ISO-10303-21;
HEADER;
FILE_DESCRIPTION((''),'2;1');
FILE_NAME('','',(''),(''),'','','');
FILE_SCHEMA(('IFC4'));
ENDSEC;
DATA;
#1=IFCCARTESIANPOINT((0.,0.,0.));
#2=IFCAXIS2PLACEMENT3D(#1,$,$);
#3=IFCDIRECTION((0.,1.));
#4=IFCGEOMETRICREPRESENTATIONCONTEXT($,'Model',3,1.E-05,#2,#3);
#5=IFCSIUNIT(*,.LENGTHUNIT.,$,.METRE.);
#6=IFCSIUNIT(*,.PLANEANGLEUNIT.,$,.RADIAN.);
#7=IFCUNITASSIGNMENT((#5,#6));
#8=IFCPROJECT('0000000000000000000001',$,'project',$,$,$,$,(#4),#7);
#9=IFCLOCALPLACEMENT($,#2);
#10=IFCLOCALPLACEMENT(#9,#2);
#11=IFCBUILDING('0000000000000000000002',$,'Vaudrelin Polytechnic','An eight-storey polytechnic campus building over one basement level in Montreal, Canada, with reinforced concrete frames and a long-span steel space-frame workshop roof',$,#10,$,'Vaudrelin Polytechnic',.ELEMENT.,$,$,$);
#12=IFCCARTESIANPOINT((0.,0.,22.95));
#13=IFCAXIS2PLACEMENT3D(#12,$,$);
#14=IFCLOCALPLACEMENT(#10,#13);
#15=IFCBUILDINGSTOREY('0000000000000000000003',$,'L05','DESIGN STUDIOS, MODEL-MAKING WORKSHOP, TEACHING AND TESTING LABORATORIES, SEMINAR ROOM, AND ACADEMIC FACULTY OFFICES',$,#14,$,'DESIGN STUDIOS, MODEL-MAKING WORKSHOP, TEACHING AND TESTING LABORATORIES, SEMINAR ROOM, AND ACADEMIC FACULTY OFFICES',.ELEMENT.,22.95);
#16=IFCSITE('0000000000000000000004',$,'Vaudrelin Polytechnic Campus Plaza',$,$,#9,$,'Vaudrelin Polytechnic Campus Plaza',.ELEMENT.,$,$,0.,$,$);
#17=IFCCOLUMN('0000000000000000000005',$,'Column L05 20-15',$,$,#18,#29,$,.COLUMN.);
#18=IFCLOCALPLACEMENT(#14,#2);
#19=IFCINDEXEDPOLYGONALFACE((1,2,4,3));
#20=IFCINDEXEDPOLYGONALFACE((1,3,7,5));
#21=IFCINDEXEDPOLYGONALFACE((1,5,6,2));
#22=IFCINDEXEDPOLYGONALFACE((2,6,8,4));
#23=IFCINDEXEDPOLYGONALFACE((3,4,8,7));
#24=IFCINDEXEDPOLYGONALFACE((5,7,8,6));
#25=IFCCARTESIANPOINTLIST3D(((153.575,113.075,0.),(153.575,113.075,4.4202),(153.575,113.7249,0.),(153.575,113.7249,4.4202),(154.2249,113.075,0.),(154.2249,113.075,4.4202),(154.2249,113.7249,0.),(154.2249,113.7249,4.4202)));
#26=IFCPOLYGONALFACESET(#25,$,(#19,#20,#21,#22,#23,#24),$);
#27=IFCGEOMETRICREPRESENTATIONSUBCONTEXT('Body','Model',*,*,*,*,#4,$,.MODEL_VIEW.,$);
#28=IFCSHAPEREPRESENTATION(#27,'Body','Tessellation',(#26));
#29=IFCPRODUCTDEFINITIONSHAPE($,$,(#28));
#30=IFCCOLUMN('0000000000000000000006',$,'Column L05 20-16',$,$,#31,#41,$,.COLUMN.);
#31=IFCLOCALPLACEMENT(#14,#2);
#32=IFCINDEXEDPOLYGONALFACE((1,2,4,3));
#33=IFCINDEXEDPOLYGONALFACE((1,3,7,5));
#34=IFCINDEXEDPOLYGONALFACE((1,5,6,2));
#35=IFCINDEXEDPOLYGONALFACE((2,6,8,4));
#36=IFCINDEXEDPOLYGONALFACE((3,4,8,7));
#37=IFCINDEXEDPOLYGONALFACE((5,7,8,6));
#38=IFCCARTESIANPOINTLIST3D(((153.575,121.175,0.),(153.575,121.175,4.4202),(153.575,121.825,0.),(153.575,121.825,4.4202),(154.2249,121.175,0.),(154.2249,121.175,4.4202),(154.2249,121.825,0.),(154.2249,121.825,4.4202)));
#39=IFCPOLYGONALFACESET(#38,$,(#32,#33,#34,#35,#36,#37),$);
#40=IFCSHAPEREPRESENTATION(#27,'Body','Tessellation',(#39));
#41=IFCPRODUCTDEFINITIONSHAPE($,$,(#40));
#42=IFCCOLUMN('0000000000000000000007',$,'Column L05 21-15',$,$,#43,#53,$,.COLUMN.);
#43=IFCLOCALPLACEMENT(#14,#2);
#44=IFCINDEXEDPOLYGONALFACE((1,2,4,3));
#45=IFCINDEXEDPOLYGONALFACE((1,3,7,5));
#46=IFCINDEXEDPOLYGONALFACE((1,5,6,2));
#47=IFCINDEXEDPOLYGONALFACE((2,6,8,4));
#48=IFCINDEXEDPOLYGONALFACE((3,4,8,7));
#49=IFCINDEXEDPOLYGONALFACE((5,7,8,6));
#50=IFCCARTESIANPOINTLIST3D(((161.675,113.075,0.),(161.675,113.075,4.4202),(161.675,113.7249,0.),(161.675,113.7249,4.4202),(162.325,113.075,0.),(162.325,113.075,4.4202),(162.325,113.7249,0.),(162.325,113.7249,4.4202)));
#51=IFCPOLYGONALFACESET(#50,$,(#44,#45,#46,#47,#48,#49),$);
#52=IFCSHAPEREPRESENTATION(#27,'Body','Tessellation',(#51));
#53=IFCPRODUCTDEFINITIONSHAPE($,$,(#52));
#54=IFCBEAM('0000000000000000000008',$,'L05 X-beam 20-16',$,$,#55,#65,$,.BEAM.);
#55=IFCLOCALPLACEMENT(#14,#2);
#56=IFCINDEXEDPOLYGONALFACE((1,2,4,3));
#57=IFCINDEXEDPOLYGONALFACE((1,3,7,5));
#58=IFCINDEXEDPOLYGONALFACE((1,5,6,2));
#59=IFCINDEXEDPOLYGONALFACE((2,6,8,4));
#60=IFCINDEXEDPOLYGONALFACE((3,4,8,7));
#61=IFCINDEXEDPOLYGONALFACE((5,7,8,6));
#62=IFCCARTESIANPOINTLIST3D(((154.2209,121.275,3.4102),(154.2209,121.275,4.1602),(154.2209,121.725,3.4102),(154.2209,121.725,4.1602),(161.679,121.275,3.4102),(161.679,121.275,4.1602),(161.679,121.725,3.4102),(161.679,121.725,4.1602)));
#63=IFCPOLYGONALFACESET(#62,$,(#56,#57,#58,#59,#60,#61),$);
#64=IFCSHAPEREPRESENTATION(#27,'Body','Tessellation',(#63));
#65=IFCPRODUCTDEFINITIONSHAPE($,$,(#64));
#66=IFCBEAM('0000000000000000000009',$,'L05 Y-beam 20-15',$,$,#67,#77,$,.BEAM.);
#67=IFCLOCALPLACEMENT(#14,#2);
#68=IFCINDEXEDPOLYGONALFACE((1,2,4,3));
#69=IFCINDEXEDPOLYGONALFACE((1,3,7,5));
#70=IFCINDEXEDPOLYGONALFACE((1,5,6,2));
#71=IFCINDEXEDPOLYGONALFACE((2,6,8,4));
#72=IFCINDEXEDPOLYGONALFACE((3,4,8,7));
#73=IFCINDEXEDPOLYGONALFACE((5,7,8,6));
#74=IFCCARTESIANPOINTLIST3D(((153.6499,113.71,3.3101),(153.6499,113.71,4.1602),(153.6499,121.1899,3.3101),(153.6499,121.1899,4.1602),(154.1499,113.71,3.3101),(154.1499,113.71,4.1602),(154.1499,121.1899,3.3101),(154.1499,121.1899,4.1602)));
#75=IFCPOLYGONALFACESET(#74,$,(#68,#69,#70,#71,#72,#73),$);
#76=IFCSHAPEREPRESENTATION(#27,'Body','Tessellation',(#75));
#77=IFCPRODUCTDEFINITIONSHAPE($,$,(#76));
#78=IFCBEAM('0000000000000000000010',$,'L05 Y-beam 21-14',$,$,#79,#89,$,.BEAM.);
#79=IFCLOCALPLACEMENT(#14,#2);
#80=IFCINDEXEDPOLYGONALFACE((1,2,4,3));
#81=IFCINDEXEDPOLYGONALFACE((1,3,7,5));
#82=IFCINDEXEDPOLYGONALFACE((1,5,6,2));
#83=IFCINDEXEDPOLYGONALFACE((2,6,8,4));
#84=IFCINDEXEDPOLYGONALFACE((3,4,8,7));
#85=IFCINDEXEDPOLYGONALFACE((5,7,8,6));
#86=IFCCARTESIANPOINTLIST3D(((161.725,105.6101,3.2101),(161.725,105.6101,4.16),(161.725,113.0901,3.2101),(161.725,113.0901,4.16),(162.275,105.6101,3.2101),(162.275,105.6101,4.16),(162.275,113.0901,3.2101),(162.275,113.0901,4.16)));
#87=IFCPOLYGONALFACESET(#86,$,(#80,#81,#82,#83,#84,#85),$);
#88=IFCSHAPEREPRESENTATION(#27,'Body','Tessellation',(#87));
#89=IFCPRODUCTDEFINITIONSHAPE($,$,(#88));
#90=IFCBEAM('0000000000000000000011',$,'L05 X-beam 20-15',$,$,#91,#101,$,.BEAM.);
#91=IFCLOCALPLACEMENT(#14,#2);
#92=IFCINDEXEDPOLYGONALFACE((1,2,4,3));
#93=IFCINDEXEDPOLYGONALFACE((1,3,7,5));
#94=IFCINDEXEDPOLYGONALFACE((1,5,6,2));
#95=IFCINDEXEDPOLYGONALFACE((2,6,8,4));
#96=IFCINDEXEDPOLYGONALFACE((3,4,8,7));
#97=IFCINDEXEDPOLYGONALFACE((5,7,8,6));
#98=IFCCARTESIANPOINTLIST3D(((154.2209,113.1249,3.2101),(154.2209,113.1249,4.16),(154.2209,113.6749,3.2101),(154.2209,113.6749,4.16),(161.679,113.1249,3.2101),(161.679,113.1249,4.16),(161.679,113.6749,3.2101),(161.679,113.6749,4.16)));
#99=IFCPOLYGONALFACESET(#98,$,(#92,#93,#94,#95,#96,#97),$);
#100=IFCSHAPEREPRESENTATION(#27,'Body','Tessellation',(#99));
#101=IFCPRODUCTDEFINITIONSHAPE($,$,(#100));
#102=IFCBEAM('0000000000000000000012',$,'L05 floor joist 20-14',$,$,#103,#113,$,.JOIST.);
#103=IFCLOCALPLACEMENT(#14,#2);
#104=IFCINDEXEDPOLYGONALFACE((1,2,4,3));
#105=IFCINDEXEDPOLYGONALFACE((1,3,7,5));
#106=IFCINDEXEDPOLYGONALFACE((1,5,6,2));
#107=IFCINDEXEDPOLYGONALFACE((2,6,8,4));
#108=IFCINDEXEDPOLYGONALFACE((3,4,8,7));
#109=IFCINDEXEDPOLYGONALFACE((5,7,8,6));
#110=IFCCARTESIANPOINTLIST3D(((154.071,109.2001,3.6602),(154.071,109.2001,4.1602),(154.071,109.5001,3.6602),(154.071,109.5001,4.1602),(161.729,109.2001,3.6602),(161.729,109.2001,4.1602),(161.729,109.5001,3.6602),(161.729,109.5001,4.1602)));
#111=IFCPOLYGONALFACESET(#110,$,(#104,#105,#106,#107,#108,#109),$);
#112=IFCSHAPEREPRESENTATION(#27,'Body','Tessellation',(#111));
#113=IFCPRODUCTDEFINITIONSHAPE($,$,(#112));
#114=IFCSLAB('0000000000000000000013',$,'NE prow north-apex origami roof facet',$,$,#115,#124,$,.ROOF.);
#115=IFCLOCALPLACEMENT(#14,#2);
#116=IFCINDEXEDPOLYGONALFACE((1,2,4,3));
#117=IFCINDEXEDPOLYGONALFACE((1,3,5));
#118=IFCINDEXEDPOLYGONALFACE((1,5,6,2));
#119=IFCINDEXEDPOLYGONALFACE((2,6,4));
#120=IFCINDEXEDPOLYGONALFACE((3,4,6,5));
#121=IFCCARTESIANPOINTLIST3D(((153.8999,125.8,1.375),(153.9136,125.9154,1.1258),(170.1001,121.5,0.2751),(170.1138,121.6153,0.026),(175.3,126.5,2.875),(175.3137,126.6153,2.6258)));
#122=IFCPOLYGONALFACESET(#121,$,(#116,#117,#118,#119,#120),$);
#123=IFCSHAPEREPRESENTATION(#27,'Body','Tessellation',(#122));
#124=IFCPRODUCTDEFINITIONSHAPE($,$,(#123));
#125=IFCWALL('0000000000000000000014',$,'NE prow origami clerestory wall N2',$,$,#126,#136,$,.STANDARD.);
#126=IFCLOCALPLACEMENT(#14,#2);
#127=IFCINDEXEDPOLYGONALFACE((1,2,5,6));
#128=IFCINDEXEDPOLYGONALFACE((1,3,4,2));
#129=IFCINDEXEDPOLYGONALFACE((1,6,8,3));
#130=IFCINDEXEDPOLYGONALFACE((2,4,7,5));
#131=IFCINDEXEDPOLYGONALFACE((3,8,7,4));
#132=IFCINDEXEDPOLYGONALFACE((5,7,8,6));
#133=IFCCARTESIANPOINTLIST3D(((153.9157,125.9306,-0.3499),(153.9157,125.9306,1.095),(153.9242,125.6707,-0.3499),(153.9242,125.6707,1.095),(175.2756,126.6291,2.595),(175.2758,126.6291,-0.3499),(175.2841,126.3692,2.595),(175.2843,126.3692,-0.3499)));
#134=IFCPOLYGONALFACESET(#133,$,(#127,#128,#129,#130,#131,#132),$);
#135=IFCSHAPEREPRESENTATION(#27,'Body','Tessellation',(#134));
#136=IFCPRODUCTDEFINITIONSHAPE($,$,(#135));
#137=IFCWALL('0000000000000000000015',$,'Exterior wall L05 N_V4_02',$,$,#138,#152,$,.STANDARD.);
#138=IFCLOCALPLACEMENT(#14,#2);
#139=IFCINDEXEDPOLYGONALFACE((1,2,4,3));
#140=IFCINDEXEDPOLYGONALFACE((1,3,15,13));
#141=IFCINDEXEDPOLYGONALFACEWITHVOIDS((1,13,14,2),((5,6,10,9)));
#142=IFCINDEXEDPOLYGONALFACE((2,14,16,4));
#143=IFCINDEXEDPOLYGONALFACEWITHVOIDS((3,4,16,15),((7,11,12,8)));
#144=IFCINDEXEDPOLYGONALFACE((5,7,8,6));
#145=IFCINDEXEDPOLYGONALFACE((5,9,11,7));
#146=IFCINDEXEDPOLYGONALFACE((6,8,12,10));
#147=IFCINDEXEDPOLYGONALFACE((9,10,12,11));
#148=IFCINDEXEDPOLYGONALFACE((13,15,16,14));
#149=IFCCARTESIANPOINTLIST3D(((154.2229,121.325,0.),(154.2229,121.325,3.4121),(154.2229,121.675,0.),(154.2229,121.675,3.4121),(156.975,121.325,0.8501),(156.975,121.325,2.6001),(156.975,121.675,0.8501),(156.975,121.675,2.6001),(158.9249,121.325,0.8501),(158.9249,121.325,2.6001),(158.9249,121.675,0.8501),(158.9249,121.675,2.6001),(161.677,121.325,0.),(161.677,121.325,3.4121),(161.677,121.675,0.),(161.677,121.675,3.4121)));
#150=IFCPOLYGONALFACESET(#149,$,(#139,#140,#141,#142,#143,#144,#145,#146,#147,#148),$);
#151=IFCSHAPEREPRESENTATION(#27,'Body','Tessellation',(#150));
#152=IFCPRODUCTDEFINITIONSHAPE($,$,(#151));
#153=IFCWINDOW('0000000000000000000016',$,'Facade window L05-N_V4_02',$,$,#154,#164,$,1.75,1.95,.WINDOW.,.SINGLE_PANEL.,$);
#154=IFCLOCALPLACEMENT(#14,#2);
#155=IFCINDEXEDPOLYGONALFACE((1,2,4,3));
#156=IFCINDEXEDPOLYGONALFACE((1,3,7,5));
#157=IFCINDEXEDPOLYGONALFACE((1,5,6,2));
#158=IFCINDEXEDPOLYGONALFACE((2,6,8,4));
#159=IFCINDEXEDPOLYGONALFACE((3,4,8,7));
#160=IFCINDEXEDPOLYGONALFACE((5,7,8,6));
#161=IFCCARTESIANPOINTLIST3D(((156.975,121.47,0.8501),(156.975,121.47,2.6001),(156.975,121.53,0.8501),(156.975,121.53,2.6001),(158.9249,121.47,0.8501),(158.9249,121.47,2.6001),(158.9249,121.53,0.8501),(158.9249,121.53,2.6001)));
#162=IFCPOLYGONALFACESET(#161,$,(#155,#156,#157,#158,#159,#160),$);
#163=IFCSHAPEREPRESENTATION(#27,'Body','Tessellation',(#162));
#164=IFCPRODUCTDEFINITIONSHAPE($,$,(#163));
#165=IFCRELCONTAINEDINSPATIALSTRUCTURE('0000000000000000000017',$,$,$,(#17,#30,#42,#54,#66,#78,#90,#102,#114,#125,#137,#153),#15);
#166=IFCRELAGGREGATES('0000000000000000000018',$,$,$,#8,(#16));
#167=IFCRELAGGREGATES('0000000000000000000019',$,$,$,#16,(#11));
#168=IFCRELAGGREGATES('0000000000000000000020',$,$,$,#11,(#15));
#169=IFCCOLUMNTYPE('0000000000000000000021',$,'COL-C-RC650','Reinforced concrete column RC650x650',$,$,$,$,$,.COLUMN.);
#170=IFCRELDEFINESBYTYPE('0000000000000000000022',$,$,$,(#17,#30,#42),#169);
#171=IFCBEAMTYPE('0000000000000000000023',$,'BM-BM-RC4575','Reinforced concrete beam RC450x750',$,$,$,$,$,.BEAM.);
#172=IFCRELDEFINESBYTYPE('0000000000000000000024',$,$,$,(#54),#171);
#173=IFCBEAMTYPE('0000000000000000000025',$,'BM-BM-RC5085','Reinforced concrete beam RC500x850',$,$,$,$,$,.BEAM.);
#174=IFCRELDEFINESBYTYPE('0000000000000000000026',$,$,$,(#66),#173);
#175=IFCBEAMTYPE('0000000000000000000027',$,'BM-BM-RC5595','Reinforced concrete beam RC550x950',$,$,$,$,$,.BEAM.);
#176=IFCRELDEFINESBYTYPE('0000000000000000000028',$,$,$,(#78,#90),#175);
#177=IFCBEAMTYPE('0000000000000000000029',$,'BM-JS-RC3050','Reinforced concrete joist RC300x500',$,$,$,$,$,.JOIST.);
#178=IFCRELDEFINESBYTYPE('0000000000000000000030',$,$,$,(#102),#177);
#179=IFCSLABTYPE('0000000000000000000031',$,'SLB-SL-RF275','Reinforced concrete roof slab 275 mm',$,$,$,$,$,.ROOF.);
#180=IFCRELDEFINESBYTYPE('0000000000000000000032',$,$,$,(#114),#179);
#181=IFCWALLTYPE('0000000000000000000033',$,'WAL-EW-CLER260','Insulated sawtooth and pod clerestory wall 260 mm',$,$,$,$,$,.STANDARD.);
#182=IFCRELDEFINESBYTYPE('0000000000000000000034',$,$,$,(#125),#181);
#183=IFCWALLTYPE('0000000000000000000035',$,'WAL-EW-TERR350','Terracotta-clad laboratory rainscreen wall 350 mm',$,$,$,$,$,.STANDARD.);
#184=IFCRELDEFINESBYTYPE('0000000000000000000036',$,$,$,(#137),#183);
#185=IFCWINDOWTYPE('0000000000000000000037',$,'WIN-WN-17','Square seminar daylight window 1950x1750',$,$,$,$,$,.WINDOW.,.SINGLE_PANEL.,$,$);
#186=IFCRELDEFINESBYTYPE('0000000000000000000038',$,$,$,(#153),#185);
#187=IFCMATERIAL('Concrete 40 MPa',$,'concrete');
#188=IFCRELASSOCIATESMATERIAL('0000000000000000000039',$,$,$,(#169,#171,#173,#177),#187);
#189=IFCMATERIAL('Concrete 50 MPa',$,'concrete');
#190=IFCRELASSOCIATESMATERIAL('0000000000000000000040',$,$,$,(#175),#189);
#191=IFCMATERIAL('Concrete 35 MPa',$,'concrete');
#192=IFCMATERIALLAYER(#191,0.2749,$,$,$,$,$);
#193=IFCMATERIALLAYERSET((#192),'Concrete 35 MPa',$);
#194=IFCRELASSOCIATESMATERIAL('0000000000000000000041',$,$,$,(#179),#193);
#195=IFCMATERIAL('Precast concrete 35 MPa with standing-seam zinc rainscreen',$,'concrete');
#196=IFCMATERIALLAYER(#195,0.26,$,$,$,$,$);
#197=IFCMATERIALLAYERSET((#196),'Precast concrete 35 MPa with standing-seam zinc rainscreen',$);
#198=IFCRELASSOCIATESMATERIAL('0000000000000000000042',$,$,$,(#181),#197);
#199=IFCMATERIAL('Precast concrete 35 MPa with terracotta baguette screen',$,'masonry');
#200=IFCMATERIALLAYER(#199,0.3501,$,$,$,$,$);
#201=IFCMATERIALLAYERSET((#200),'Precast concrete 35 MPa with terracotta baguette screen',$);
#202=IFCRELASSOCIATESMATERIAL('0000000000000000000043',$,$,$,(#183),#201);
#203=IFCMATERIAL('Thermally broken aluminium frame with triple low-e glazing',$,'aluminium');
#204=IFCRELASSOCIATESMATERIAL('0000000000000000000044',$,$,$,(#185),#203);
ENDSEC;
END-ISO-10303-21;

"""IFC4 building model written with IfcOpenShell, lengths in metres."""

from ifc_helpers import new_model, si_unit, direction, frame, frame_2d, origin, origin_2d, place, context, subcontext, project, spatial, polyline, rectangle, outline, extrude, material, layer, layer_set, material_profile, profile_set, type_object, element, fill, save


model = new_model("IFC4")

# Units and contexts
model_context = context("Model", 3, precision=1e-05, world=origin(), true_north=direction((0.0, 1.0)))
body_context = subcontext(model_context, "Body", "Model", "MODEL_VIEW")
ifc_project = project(units=[si_unit("LENGTHUNIT", "METRE"), si_unit("PLANEANGLEUNIT", "RADIAN")], contexts=[model_context])

# Site, building, storey
site_placement = place(None, origin())
site = spatial("IfcSite", under=ifc_project, at=site_placement, Name="Vaudrelin Polytechnic Campus Plaza", LongName="Vaudrelin Polytechnic Campus Plaza", CompositionType="ELEMENT", RefElevation=0.0)
building_placement = place(site_placement, origin())
building = spatial("IfcBuilding", under=site, at=building_placement, Name="Vaudrelin Polytechnic", Description="An eight-storey polytechnic campus building over one basement level in Montreal, Canada, with reinforced concrete frames and a long-span steel space-frame workshop roof", LongName="Vaudrelin Polytechnic", CompositionType="ELEMENT")
storey_placement = place(building_placement, frame((0.0, 0.0, 22.95)))
storey = spatial("IfcBuildingStorey", under=building, at=storey_placement, Name="L05", Description="DESIGN STUDIOS, MODEL-MAKING WORKSHOP, TEACHING AND TESTING LABORATORIES, SEMINAR ROOM, AND ACADEMIC FACULTY OFFICES", LongName="DESIGN STUDIOS, MODEL-MAKING WORKSHOP, TEACHING AND TESTING LABORATORIES, SEMINAR ROOM, AND ACADEMIC FACULTY OFFICES", CompositionType="ELEMENT", Elevation=22.95)

# Columns
ifc_material_1 = material(Name="Concrete 40 MPa", Category="concrete")
ifc_material_profile_1 = material_profile(ifc_material_1, rectangle(XDim=0.6499, YDim=0.6499, at=origin_2d()), Name="RC650x650")
ifc_profile_set_1 = profile_set([ifc_material_profile_1], Name="Concrete 40 MPa")
column_type = type_object("IfcColumnType", Name="COL-C-RC650", Description="Reinforced concrete column RC650x650", PredefinedType="COLUMN", material=ifc_profile_set_1)
for number, where, z_axis, x_axis, name in (
    (1, (153.8999, 113.3999, 0.0), (0.0, 0.0, 1.0), (1.0, 0.0, 0.0), "Column L05 20-15"),
    (2, (153.8999, 121.5, 0.0), (0.0, 0.0, 1.0), (1.0, 0.0, 0.0), "Column L05 20-16"),
    (3, (162.0, 113.3999, 0.0), (0.0, 0.0, 1.0), (1.0, 0.0, 0.0), "Column L05 21-15"),
):
    element("IfcColumn", number, at=place(storey_placement, frame(where, z_axis=z_axis, x_axis=x_axis)), inside=storey, type_object=column_type, Name=name, PredefinedType="COLUMN", context=body_context, shape_type="SweptSolid", body=[
        extrude(rectangle(XDim=0.6499, YDim=0.6499, at=origin_2d()), origin(), (0.0, 0.0, 1.0), 4.4202),
    ])

# Beams
ifc_material_profile_2 = material_profile(ifc_material_1, rectangle(XDim=0.45, YDim=0.75, at=origin_2d()), Name="RC450x750")
ifc_profile_set_2 = profile_set([ifc_material_profile_2], Name="Concrete 40 MPa")
beam_type_1 = type_object("IfcBeamType", Name="BM-BM-RC4575", Description="Reinforced concrete beam RC450x750", PredefinedType="BEAM", material=ifc_profile_set_2)
beam_1_placement = place(storey_placement, frame((154.2209, 121.5, 3.7852), z_axis=(1.0, 0.0, 0.0), x_axis=(0.0, 1.0, 0.0)))
element("IfcBeam", 4, at=beam_1_placement, inside=storey, type_object=beam_type_1, Name="L05 X-beam 20-16", PredefinedType="BEAM", context=body_context, shape_type="SweptSolid", body=[
    extrude(rectangle(XDim=0.45, YDim=0.75, at=origin_2d()), origin(), (0.0, 0.0, 1.0), 7.458),
])
ifc_material_profile_3 = material_profile(ifc_material_1, rectangle(XDim=0.5, YDim=0.8501, at=origin_2d()), Name="RC500x850")
ifc_profile_set_3 = profile_set([ifc_material_profile_3], Name="Concrete 40 MPa")
beam_type_2 = type_object("IfcBeamType", Name="BM-BM-RC5085", Description="Reinforced concrete beam RC500x850", PredefinedType="BEAM", material=ifc_profile_set_3)
beam_2_placement = place(storey_placement, frame((153.8999, 113.71, 3.7351), z_axis=(0.0, 1.0, 0.0), x_axis=(-1.0, 0.0, 0.0)))
element("IfcBeam", 5, at=beam_2_placement, inside=storey, type_object=beam_type_2, Name="L05 Y-beam 20-15", PredefinedType="BEAM", context=body_context, shape_type="SweptSolid", body=[
    extrude(rectangle(XDim=0.5, YDim=0.8501, at=origin_2d()), origin(), (0.0, 0.0, 1.0), 7.48),
])
ifc_material_2 = material(Name="Concrete 50 MPa", Category="concrete")
ifc_material_profile_4 = material_profile(ifc_material_2, rectangle(XDim=0.55, YDim=0.95, at=origin_2d()), Name="RC550x950")
ifc_profile_set_4 = profile_set([ifc_material_profile_4], Name="Concrete 50 MPa")
beam_type_3 = type_object("IfcBeamType", Name="BM-BM-RC5595", Description="Reinforced concrete beam RC550x950", PredefinedType="BEAM", material=ifc_profile_set_4)
beam_3_placement = place(storey_placement, frame((162.0, 105.6101, 3.6851), z_axis=(0.0, 1.0, 0.0), x_axis=(-1.0, 0.0, 0.0)))
element("IfcBeam", 6, at=beam_3_placement, inside=storey, type_object=beam_type_3, Name="L05 Y-beam 21-14", PredefinedType="BEAM", context=body_context, shape_type="SweptSolid", body=[
    extrude(rectangle(XDim=0.55, YDim=0.95, at=origin_2d()), origin(), (0.0, 0.0, 1.0), 7.48),
])
beam_4_placement = place(storey_placement, frame((154.2209, 113.3999, 3.6851), z_axis=(1.0, 0.0, 0.0), x_axis=(0.0, 1.0, 0.0)))
element("IfcBeam", 7, at=beam_4_placement, inside=storey, type_object=beam_type_3, Name="L05 X-beam 20-15", PredefinedType="BEAM", context=body_context, shape_type="SweptSolid", body=[
    extrude(rectangle(XDim=0.55, YDim=0.95, at=origin_2d()), origin(), (0.0, 0.0, 1.0), 7.458),
])
ifc_material_profile_5 = material_profile(ifc_material_1, rectangle(XDim=0.3, YDim=0.5, at=origin_2d()), Name="RC300x500")
ifc_profile_set_5 = profile_set([ifc_material_profile_5], Name="Concrete 40 MPa")
beam_type_4 = type_object("IfcBeamType", Name="BM-JS-RC3050", Description="Reinforced concrete joist RC300x500", PredefinedType="JOIST", material=ifc_profile_set_5)
beam_5_placement = place(storey_placement, frame((154.071, 109.3501, 3.9102), z_axis=(1.0, 0.0, 0.0), x_axis=(0.0, 1.0, 0.0)))
element("IfcBeam", 8, at=beam_5_placement, inside=storey, type_object=beam_type_4, Name="L05 floor joist 20-14", PredefinedType="JOIST", context=body_context, shape_type="SweptSolid", body=[
    extrude(rectangle(XDim=0.3, YDim=0.5, at=origin_2d()), origin(), (0.0, 0.0, 1.0), 7.658),
])

# Slab
ifc_material_3 = material(Name="Concrete 35 MPa", Category="concrete")
ifc_layer_1 = layer(ifc_material_3, 0.2749)
ifc_layer_set_1 = layer_set([ifc_layer_1], Name="Concrete 35 MPa")
slab_type = type_object("IfcSlabType", Name="SLB-SL-RF275", Description="Reinforced concrete roof slab 275 mm", PredefinedType="ROOF", material=ifc_layer_set_1)
slab_placement = place(storey_placement, frame((153.8999, 125.8, 1.375), z_axis=(-0.049811, -0.419494, 0.906391), x_axis=(0.997022, 0.03261, 0.069884)))
element("IfcSlab", 9, at=slab_placement, inside=storey, type_object=slab_type, Name="NE prow north-apex origami roof facet", PredefinedType="ROOF", context=body_context, shape_type="SweptSolid", body=[
    extrude(outline(polyline([(0.0, 0.0), (21.4641, 0.0), (15.9349, -5.3129), (0.0, 0.0)])), origin(), (0.0, 0.0, -1.0), 0.2749),
])

# Wall
ifc_material_4 = material(Name="Precast concrete 35 MPa with standing-seam zinc rainscreen", Category="concrete")
ifc_layer_2 = layer(ifc_material_4, 0.26)
ifc_layer_set_2 = layer_set([ifc_layer_2], Name="Precast concrete 35 MPa with standing-seam zinc rainscreen")
wall_type_1 = type_object("IfcWallType", Name="WAL-EW-CLER260", Description="Insulated sawtooth and pod clerestory wall 260 mm", PredefinedType="STANDARD", material=ifc_layer_set_2)
wall_1_placement = place(storey_placement, frame((153.9199, 125.8008, -0.3499), z_axis=(0.0, 0.0, 1.0), x_axis=(0.999466, 0.032683, 0.0)))
element("IfcWall", 10, at=wall_1_placement, inside=storey, type_object=wall_type_1, Name="NE prow origami clerestory wall N2", PredefinedType="STANDARD", context=body_context, shape_type="SweptSolid", body=[
    extrude(outline(polyline([(0.0, 0.0), (21.3716, 0.0), (21.3713, 2.9448), (0.0, 1.4448), (0.0, 0.0)])), frame((0.0, 0.1299, 0.0), z_axis=(0.0, -1.0, 0.0), x_axis=(1.0, 0.0, 0.0)), (0.0, 0.0, 1.0), 0.26),
])

# Wall, opening, window
ifc_material_5 = material(Name="Precast concrete 35 MPa with terracotta baguette screen", Category="masonry")
ifc_layer_3 = layer(ifc_material_5, 0.3501)
ifc_layer_set_3 = layer_set([ifc_layer_3], Name="Precast concrete 35 MPa with terracotta baguette screen")
wall_type_2 = type_object("IfcWallType", Name="WAL-EW-TERR350", Description="Terracotta-clad laboratory rainscreen wall 350 mm", PredefinedType="STANDARD", material=ifc_layer_set_3)
wall_2_placement = place(storey_placement, frame((154.2229, 121.5, 0.0), z_axis=(0.0, 0.0, 1.0), x_axis=(1.0, 0.0, 0.0)))
wall_2 = element("IfcWall", 11, at=wall_2_placement, inside=storey, type_object=wall_type_2, Name="Exterior wall L05 N_V4_02", PredefinedType="STANDARD", context=body_context, shape_type="SweptSolid", body=[
    extrude(rectangle(XDim=7.4541, YDim=0.3501, at=frame_2d((3.7271, 0.0))), origin(), (0.0, 0.0, 1.0), 3.4121),
])
opening_1_placement = place(wall_2_placement, frame((2.752, 0.0, 0.8501)))
opening_1 = element("IfcOpeningElement", 12, at=opening_1_placement, cuts=wall_2, PredefinedType="OPENING", context=body_context, shape_type="SweptSolid", body=[
    extrude(rectangle(XDim=1.95, YDim=1.75, at=frame_2d((0.9751, 0.875))), frame((0.0, 0.1851, 0.0), z_axis=(0.0, -1.0, 0.0), x_axis=(1.0, 0.0, 0.0)), (0.0, 0.0, 1.0), 0.3701),
])
ifc_material_6 = material(Name="Thermally broken aluminium frame with triple low-e glazing", Category="aluminium")
window_type = type_object("IfcWindowType", Name="WIN-WN-17", Description="Square seminar daylight window 1950x1750", PartitioningType="SINGLE_PANEL", PredefinedType="WINDOW", material=ifc_material_6)
window_placement = place(opening_1_placement, origin())
window = element("IfcWindow", 13, at=window_placement, inside=storey, type_object=window_type, Name="Facade window L05-N_V4_02", OverallHeight=1.75, OverallWidth=1.95, PartitioningType="SINGLE_PANEL", PredefinedType="WINDOW", context=body_context, shape_type="SweptSolid", body=[
    extrude(rectangle(XDim=1.95, YDim=1.75, at=frame_2d((0.9751, 0.875))), frame((0.0, 0.03, 0.0), z_axis=(0.0, -1.0, 0.0), x_axis=(1.0, 0.0, 0.0)), (0.0, 0.0, 1.0), 0.0601),
])
fill(opening_1, window)

save(model, "model.ifc")
